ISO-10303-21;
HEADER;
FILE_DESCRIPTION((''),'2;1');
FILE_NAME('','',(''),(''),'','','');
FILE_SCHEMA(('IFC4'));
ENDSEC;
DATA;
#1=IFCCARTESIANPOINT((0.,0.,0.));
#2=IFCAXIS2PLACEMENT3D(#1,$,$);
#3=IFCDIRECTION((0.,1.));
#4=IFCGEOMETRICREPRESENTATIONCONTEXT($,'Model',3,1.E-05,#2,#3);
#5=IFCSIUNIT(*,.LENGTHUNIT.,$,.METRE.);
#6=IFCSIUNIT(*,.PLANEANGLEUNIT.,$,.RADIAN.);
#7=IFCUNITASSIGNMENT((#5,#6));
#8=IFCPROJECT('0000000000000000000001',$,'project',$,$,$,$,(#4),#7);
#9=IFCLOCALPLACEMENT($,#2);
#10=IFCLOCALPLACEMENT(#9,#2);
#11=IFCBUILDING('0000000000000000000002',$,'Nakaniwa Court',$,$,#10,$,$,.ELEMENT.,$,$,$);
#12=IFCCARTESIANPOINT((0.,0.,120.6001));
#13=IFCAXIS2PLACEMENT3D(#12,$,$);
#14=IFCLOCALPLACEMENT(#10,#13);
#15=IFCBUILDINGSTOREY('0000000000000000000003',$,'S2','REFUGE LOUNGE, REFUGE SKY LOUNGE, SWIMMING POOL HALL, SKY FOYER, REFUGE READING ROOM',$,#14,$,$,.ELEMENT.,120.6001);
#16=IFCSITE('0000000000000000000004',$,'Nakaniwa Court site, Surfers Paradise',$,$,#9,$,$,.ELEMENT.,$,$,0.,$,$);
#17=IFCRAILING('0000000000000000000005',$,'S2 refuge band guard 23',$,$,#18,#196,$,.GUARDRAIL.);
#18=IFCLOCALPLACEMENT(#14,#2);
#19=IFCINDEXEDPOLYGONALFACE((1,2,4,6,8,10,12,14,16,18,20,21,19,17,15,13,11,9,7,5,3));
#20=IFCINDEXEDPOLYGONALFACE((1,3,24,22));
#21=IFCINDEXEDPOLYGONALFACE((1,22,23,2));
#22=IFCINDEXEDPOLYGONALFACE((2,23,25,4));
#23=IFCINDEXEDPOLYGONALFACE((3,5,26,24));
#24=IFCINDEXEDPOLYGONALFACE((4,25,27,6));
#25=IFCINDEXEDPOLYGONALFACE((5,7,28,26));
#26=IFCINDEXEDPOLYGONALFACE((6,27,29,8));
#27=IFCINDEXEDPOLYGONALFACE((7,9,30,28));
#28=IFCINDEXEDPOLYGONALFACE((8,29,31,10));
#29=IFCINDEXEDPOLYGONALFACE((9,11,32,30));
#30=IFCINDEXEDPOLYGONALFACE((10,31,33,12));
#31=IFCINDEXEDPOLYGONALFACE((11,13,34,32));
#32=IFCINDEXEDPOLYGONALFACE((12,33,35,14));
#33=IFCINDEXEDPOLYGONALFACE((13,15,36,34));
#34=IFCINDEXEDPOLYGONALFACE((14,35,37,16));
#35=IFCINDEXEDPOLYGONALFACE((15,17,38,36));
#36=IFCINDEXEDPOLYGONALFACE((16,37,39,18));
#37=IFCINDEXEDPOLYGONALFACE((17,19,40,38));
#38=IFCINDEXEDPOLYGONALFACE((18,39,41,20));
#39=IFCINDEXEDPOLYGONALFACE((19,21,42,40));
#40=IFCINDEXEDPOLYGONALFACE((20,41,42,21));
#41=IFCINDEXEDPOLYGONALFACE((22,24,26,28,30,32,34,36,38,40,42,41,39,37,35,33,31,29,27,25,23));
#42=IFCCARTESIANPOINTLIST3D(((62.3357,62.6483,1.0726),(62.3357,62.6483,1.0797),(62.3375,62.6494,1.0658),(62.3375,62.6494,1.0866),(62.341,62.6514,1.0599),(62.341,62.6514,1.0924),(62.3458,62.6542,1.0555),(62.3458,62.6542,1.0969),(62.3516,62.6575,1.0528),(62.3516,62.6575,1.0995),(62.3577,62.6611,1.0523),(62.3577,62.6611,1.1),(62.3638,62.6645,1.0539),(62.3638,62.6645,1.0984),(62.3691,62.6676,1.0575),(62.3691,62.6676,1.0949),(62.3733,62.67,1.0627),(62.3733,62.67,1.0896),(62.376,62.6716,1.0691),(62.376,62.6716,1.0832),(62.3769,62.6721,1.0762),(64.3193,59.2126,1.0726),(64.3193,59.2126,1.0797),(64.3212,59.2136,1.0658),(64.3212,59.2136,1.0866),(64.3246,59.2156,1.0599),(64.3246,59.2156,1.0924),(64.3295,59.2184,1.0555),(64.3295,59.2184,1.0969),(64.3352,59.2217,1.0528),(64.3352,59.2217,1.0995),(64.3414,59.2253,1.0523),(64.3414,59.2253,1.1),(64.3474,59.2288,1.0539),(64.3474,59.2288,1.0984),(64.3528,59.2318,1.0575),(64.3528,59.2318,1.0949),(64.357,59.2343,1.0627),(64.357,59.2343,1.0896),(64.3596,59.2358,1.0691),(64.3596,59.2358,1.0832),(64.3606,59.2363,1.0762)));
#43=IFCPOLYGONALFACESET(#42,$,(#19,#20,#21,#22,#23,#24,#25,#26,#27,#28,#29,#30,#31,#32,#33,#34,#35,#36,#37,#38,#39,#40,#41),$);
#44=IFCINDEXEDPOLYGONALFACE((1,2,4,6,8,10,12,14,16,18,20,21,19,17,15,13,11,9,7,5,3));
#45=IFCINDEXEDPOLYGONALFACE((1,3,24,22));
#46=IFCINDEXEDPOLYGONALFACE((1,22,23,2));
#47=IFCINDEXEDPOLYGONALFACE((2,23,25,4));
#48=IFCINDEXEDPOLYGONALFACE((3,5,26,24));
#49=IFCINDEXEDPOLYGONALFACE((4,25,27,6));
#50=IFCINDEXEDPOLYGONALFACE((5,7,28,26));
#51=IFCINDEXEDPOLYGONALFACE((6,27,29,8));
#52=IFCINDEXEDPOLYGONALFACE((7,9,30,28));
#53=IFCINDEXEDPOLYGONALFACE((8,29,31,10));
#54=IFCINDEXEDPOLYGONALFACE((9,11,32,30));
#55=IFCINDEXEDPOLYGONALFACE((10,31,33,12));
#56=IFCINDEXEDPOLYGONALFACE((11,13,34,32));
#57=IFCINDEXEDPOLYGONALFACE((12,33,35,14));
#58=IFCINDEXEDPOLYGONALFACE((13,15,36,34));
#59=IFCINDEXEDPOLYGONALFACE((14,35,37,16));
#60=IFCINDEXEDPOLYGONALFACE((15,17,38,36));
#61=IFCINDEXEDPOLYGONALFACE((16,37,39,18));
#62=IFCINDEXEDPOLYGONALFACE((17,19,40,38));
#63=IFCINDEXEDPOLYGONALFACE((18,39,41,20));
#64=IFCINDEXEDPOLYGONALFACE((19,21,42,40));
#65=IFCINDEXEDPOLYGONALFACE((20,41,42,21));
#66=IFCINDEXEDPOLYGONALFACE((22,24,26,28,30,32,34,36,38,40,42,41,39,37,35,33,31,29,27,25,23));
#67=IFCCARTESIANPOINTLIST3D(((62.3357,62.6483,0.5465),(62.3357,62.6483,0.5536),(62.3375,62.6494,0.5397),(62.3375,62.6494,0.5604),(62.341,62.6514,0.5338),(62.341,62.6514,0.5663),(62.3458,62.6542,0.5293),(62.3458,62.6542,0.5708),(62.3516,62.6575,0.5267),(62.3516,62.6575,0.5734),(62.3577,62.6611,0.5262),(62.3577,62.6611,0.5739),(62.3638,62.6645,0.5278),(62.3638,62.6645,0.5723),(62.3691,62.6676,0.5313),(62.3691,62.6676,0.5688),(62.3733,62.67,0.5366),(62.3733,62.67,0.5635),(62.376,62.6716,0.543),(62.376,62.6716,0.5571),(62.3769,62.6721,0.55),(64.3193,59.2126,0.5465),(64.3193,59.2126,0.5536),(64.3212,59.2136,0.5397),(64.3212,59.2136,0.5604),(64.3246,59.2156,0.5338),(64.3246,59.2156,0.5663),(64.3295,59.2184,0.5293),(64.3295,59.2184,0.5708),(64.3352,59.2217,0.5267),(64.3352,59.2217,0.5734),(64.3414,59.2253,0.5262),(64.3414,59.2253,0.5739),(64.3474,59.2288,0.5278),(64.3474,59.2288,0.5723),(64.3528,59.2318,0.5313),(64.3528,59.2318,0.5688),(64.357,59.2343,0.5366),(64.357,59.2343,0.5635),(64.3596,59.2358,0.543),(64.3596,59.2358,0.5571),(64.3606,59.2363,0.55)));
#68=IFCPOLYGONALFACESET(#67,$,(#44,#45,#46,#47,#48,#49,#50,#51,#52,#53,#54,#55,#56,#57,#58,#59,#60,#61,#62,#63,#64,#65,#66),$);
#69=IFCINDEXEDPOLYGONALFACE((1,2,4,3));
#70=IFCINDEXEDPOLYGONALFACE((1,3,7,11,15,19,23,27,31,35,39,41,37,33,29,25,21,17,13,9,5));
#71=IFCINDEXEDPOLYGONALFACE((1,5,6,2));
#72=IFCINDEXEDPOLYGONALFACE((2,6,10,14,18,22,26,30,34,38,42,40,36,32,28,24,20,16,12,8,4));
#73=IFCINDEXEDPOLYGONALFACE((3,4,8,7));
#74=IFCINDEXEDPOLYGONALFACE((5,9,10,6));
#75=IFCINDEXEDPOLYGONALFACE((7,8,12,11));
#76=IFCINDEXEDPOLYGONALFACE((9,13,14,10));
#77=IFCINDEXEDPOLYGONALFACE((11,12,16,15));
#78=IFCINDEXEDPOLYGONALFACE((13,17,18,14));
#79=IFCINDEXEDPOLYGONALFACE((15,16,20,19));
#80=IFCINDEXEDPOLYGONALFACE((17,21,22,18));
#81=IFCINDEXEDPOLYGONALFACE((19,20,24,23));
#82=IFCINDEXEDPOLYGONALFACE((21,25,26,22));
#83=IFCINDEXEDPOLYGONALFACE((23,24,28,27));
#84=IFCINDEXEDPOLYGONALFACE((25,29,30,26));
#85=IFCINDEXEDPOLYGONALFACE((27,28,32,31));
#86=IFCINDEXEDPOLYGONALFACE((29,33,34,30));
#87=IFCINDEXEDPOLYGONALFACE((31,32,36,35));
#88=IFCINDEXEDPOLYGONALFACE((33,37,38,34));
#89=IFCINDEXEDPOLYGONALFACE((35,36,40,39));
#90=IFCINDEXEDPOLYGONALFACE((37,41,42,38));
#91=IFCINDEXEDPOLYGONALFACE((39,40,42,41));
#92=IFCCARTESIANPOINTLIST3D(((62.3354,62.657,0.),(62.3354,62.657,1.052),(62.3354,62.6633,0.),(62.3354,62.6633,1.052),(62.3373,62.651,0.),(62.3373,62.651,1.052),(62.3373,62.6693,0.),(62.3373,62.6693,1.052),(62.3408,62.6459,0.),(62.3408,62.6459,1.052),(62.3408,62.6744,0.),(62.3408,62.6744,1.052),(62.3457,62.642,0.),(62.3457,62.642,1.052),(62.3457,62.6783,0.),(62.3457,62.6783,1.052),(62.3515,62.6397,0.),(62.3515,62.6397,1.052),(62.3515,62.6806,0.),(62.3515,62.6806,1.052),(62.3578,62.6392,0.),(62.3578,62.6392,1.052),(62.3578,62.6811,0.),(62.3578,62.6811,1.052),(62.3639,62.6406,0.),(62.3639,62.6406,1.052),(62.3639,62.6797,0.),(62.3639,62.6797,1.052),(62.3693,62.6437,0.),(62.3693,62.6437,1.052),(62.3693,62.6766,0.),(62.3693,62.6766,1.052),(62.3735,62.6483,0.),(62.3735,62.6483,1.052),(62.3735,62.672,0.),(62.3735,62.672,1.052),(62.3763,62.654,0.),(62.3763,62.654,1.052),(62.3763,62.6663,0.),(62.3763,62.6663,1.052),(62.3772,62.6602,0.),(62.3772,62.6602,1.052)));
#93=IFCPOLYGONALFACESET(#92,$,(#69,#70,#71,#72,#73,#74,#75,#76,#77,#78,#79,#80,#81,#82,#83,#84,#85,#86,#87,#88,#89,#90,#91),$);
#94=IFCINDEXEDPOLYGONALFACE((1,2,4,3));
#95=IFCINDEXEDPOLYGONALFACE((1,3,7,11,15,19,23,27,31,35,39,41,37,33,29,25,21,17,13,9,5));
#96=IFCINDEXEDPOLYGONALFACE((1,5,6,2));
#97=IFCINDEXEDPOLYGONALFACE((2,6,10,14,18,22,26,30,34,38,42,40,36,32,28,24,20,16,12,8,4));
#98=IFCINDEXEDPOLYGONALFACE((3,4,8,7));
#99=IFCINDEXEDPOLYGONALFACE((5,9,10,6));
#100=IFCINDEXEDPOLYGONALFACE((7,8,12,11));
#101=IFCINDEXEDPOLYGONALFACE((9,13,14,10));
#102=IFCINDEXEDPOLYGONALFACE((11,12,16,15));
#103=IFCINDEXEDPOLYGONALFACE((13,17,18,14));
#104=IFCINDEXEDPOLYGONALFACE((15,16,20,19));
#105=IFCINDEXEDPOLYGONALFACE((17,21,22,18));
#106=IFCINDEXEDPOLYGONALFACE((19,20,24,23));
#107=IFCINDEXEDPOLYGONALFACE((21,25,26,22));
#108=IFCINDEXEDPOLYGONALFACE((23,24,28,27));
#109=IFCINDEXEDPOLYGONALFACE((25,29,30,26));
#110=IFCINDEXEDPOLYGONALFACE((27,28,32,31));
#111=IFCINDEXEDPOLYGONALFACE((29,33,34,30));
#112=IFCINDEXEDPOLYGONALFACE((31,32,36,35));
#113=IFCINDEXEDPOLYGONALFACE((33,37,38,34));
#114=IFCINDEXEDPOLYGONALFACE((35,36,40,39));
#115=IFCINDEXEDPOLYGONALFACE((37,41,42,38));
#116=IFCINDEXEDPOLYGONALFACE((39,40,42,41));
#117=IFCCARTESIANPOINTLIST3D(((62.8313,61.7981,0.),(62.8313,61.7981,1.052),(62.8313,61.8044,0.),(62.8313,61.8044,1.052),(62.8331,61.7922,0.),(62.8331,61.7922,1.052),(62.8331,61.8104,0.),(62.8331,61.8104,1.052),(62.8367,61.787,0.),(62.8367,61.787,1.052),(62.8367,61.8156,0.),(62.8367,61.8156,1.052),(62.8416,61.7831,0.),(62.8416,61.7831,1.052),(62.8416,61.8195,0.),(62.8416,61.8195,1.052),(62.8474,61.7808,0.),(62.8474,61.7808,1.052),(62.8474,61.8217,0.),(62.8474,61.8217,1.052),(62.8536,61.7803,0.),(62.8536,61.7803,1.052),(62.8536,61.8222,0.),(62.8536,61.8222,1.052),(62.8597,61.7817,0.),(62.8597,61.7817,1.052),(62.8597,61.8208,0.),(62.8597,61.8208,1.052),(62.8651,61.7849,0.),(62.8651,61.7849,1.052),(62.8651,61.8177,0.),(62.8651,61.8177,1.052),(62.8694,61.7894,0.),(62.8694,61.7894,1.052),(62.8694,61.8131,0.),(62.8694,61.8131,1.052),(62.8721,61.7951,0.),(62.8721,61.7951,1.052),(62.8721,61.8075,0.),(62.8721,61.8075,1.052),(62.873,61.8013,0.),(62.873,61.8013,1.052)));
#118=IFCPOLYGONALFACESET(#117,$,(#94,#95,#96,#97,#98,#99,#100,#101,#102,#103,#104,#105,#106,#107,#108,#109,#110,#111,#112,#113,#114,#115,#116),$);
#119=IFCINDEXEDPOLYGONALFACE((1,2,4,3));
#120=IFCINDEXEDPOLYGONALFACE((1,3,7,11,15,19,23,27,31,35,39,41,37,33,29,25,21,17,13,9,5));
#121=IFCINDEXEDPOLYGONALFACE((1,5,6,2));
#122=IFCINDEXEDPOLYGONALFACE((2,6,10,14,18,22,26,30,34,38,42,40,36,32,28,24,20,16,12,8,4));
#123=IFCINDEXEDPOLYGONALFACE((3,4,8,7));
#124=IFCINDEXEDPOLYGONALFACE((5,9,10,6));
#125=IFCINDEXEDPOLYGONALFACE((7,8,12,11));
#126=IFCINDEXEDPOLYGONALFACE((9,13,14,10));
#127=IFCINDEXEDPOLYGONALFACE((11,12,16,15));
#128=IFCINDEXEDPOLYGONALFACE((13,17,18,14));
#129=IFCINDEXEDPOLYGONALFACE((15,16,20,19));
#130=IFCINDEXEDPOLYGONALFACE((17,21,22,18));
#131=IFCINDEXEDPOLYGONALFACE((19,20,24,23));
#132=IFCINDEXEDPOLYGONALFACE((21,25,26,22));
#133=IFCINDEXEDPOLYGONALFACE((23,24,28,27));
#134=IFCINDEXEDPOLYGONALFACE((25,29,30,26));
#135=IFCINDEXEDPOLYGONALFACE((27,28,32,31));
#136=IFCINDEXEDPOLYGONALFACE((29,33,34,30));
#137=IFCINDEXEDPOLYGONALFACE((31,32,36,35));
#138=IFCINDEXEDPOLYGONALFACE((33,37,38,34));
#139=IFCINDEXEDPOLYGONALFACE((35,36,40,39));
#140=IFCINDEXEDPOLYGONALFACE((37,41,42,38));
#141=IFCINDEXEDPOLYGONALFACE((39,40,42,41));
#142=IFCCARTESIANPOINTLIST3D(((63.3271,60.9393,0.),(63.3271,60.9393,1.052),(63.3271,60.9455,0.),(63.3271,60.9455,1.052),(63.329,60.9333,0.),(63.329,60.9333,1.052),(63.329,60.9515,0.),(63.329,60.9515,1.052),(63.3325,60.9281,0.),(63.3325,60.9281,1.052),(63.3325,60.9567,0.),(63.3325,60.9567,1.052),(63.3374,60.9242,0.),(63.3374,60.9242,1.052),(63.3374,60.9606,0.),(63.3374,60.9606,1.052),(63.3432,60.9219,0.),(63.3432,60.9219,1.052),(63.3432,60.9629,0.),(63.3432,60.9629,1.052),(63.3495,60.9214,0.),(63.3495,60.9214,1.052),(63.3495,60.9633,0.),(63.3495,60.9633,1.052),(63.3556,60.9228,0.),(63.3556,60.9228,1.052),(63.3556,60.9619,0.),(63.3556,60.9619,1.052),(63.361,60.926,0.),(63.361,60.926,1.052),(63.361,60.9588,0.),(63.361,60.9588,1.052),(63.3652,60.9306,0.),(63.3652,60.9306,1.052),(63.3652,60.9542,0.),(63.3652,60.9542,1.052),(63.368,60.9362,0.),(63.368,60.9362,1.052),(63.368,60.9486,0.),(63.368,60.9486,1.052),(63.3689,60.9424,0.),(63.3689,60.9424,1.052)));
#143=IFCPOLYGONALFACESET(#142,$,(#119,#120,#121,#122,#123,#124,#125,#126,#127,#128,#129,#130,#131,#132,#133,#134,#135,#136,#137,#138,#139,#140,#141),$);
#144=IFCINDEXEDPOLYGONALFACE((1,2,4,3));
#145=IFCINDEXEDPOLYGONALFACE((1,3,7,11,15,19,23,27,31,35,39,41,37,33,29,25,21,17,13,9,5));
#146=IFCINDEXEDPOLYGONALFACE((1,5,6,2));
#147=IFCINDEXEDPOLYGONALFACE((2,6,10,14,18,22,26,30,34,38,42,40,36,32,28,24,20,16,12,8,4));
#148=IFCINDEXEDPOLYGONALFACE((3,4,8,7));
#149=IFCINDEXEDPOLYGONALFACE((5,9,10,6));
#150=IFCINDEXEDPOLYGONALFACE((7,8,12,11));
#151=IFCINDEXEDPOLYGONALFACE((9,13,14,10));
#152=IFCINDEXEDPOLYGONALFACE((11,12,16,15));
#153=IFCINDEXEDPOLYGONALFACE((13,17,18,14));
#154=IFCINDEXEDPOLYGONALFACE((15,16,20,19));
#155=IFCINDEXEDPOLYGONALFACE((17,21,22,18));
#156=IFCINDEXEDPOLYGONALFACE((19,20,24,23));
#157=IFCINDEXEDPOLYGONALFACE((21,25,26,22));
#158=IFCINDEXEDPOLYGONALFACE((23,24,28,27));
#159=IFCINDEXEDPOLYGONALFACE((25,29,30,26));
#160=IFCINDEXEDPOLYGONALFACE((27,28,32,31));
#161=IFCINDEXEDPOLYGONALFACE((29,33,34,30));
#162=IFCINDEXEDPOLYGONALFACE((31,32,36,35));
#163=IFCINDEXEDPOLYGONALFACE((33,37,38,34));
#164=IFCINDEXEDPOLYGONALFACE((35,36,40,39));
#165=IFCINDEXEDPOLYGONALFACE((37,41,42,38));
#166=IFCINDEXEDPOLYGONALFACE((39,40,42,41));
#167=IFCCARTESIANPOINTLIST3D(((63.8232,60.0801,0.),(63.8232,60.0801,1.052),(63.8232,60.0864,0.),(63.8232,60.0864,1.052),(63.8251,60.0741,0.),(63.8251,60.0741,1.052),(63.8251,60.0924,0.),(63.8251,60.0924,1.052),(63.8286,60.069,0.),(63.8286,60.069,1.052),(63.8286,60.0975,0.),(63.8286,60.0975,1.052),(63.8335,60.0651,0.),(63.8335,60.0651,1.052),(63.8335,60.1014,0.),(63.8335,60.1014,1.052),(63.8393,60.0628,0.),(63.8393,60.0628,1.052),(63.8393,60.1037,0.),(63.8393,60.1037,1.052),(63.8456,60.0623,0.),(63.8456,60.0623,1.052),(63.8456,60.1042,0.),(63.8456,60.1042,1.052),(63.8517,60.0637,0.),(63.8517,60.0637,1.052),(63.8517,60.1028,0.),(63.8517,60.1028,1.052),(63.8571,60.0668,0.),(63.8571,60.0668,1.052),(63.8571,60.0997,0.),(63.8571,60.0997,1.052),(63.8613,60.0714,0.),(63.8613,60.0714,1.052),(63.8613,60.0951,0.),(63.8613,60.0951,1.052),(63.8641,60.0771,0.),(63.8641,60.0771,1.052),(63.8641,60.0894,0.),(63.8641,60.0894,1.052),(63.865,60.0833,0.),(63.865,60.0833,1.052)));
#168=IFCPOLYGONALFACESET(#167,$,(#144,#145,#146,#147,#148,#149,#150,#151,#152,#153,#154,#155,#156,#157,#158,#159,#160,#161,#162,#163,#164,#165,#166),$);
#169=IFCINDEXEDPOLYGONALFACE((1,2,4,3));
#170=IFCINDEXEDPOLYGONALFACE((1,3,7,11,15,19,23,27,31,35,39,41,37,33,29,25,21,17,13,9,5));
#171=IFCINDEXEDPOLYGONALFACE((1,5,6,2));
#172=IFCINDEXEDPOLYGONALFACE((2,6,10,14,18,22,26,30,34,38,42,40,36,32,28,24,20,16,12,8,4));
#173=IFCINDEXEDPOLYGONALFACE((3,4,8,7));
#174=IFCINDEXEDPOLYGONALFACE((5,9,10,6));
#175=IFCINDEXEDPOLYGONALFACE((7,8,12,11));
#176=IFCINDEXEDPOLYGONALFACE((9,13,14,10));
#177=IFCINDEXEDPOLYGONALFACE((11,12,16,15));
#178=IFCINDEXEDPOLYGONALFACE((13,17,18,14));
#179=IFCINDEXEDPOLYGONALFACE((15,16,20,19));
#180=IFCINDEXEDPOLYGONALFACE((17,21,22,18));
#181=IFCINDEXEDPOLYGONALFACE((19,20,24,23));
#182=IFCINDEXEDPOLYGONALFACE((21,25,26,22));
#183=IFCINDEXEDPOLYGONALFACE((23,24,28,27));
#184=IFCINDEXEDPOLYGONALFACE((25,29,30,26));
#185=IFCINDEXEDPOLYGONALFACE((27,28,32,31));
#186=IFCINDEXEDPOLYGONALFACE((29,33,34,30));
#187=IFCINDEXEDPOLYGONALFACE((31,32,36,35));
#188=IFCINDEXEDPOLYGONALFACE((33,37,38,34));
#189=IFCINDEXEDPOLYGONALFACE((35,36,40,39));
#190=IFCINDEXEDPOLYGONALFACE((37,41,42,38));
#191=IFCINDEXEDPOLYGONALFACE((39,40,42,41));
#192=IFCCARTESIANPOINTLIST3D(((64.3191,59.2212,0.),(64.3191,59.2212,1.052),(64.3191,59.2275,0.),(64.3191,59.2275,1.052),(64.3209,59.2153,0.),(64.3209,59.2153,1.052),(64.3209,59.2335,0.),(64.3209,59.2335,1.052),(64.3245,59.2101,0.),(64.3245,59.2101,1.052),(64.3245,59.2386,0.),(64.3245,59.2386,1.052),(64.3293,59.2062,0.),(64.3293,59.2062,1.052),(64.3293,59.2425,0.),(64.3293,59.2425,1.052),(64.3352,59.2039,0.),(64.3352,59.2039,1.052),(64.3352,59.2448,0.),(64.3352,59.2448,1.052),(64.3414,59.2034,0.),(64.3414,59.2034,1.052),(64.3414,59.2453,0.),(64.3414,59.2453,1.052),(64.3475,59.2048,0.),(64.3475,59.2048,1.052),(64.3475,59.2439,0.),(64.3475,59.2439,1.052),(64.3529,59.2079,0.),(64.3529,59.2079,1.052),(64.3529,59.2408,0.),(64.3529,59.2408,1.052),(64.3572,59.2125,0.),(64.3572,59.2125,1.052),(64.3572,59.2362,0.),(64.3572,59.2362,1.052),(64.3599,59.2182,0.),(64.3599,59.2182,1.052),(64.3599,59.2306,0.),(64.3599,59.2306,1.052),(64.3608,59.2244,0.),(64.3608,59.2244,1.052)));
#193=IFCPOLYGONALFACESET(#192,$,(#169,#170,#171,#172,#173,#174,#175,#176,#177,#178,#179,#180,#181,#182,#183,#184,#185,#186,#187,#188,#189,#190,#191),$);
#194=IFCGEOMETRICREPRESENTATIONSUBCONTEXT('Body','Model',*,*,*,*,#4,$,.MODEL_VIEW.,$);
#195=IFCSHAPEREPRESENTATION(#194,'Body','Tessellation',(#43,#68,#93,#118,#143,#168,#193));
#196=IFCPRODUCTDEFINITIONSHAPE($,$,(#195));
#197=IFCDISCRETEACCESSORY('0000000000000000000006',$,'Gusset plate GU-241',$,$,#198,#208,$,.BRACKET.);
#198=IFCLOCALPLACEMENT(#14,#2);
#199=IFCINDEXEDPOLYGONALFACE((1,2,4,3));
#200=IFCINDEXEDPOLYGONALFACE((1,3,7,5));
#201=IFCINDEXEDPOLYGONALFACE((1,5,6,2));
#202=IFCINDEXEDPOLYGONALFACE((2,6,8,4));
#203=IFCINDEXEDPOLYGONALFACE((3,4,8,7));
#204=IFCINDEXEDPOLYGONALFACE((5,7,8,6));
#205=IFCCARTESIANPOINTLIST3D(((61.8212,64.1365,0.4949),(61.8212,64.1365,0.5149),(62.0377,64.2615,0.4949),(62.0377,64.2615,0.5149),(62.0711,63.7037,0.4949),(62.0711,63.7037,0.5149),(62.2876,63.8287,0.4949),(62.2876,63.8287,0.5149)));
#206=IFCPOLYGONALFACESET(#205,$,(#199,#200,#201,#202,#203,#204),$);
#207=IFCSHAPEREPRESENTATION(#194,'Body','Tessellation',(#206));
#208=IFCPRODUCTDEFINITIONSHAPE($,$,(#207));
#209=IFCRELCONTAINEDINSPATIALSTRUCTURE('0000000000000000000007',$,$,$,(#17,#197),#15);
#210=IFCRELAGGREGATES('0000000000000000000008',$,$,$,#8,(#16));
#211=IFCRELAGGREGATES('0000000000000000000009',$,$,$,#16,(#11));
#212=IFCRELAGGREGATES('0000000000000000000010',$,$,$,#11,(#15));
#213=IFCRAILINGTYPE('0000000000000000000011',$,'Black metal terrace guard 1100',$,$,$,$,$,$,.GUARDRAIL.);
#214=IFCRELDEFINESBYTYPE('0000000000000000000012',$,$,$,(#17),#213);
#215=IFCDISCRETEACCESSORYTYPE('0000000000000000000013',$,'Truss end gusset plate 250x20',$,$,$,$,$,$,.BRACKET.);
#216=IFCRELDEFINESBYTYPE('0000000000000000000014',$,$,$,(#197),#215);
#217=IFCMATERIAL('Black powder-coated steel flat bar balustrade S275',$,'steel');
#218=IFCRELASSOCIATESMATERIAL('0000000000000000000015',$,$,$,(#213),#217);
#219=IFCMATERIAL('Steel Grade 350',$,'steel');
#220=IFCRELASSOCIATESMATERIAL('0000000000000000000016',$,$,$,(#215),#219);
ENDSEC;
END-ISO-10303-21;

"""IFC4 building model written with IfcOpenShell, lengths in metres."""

from ifc_helpers import new_model, si_unit, direction, frame, origin, origin_2d, place, context, subcontext, project, spatial, rectangle, circle, extrude, material, material_profile, profile_set, type_object, element, save


model = new_model("IFC4")

# Units and contexts
model_context = context("Model", 3, precision=1e-05, world=origin(), true_north=direction((0.0, 1.0)))
body_context = subcontext(model_context, "Body", "Model", "MODEL_VIEW")
ifc_project = project(units=[si_unit("LENGTHUNIT", "METRE"), si_unit("PLANEANGLEUNIT", "RADIAN")], contexts=[model_context])

# Site, building, storey
site_placement = place(None, origin())
site = spatial("IfcSite", under=ifc_project, at=site_placement, Name="Nakaniwa Court site, Surfers Paradise", CompositionType="ELEMENT", RefElevation=0.0)
building_placement = place(site_placement, origin())
building = spatial("IfcBuilding", under=site, at=building_placement, Name="Nakaniwa Court", CompositionType="ELEMENT")
storey_placement = place(building_placement, frame((0.0, 0.0, 120.6001)))
storey = spatial("IfcBuildingStorey", under=building, at=storey_placement, Name="S2", Description="REFUGE LOUNGE, REFUGE SKY LOUNGE, SWIMMING POOL HALL, SKY FOYER, REFUGE READING ROOM", CompositionType="ELEMENT", Elevation=120.6001)

# Shared definitions
ifc_material_1 = material(Name="Steel Grade 350", Category="steel")

# Railing
ifc_material_2 = material(Name="Black powder-coated steel flat bar balustrade S275", Category="steel")
railing_type = type_object("IfcRailingType", Name="Black metal terrace guard 1100", PredefinedType="GUARDRAIL", material=ifc_material_2)
railing_placement = place(storey_placement, frame((62.3562, 62.6602, 0.0)))
element("IfcRailing", 1, at=railing_placement, inside=storey, type_object=railing_type, Name="S2 refuge band guard 23", PredefinedType="GUARDRAIL", context=body_context, shape_type="SweptSolid", body=[
    extrude(circle(Radius=0.0239, at=origin_2d()), frame((0.0, 0.0, 1.0762), z_axis=(0.499998, -0.866027, 0.0), x_axis=(0.866027, 0.499998, 0.0)), (0.0, 0.0, 1.0), 3.9673),
    extrude(circle(Radius=0.0239, at=origin_2d()), frame((0.0, 0.0, 0.55), z_axis=(0.499998, -0.866027, 0.0), x_axis=(0.866027, 0.499998, 0.0)), (0.0, 0.0, 1.0), 3.9673),
    extrude(circle(Radius=0.021, at=origin_2d()), origin(), (0.0, 0.0, 1.0), 1.052),
    extrude(circle(Radius=0.021, at=origin_2d()), frame((0.4958, -0.8589, 0.0)), (0.0, 0.0, 1.0), 1.052),
    extrude(circle(Radius=0.021, at=origin_2d()), frame((0.9917, -1.7178, 0.0)), (0.0, 0.0, 1.0), 1.052),
    extrude(circle(Radius=0.021, at=origin_2d()), frame((1.4878, -2.5769, 0.0)), (0.0, 0.0, 1.0), 1.052),
    extrude(circle(Radius=0.021, at=origin_2d()), frame((1.9836, -3.4358, 0.0)), (0.0, 0.0, 1.0), 1.052),
])

# Discrete accessory
ifc_material_profile_1 = material_profile(ifc_material_1, rectangle(XDim=0.25, YDim=0.02, at=origin_2d()), Name="Truss end gusset plate 250x20")
ifc_profile_set_1 = profile_set([ifc_material_profile_1], Name="Steel Grade 350")
discrete_accessory_type = type_object("IfcDiscreteAccessoryType", Name="Truss end gusset plate 250x20", PredefinedType="BRACKET", material=ifc_profile_set_1)
for number, where, z_axis, x_axis, name in (
    (2, (61.9294, 64.199, 0.5049), (0.500131, -0.86595, 0.0), (0.86595, 0.500131, 0.0), "Gusset plate GU-241"),
):
    element("IfcDiscreteAccessory", number, at=place(storey_placement, frame(where, z_axis=z_axis, x_axis=x_axis)), inside=storey, type_object=discrete_accessory_type, Name=name, PredefinedType="BRACKET", context=body_context, shape_type="SweptSolid", body=[
        extrude(rectangle(XDim=0.25, YDim=0.02, at=origin_2d()), origin(), (0.0, 0.0, 1.0), 0.4998),
    ])

save(model, "model.ifc")
